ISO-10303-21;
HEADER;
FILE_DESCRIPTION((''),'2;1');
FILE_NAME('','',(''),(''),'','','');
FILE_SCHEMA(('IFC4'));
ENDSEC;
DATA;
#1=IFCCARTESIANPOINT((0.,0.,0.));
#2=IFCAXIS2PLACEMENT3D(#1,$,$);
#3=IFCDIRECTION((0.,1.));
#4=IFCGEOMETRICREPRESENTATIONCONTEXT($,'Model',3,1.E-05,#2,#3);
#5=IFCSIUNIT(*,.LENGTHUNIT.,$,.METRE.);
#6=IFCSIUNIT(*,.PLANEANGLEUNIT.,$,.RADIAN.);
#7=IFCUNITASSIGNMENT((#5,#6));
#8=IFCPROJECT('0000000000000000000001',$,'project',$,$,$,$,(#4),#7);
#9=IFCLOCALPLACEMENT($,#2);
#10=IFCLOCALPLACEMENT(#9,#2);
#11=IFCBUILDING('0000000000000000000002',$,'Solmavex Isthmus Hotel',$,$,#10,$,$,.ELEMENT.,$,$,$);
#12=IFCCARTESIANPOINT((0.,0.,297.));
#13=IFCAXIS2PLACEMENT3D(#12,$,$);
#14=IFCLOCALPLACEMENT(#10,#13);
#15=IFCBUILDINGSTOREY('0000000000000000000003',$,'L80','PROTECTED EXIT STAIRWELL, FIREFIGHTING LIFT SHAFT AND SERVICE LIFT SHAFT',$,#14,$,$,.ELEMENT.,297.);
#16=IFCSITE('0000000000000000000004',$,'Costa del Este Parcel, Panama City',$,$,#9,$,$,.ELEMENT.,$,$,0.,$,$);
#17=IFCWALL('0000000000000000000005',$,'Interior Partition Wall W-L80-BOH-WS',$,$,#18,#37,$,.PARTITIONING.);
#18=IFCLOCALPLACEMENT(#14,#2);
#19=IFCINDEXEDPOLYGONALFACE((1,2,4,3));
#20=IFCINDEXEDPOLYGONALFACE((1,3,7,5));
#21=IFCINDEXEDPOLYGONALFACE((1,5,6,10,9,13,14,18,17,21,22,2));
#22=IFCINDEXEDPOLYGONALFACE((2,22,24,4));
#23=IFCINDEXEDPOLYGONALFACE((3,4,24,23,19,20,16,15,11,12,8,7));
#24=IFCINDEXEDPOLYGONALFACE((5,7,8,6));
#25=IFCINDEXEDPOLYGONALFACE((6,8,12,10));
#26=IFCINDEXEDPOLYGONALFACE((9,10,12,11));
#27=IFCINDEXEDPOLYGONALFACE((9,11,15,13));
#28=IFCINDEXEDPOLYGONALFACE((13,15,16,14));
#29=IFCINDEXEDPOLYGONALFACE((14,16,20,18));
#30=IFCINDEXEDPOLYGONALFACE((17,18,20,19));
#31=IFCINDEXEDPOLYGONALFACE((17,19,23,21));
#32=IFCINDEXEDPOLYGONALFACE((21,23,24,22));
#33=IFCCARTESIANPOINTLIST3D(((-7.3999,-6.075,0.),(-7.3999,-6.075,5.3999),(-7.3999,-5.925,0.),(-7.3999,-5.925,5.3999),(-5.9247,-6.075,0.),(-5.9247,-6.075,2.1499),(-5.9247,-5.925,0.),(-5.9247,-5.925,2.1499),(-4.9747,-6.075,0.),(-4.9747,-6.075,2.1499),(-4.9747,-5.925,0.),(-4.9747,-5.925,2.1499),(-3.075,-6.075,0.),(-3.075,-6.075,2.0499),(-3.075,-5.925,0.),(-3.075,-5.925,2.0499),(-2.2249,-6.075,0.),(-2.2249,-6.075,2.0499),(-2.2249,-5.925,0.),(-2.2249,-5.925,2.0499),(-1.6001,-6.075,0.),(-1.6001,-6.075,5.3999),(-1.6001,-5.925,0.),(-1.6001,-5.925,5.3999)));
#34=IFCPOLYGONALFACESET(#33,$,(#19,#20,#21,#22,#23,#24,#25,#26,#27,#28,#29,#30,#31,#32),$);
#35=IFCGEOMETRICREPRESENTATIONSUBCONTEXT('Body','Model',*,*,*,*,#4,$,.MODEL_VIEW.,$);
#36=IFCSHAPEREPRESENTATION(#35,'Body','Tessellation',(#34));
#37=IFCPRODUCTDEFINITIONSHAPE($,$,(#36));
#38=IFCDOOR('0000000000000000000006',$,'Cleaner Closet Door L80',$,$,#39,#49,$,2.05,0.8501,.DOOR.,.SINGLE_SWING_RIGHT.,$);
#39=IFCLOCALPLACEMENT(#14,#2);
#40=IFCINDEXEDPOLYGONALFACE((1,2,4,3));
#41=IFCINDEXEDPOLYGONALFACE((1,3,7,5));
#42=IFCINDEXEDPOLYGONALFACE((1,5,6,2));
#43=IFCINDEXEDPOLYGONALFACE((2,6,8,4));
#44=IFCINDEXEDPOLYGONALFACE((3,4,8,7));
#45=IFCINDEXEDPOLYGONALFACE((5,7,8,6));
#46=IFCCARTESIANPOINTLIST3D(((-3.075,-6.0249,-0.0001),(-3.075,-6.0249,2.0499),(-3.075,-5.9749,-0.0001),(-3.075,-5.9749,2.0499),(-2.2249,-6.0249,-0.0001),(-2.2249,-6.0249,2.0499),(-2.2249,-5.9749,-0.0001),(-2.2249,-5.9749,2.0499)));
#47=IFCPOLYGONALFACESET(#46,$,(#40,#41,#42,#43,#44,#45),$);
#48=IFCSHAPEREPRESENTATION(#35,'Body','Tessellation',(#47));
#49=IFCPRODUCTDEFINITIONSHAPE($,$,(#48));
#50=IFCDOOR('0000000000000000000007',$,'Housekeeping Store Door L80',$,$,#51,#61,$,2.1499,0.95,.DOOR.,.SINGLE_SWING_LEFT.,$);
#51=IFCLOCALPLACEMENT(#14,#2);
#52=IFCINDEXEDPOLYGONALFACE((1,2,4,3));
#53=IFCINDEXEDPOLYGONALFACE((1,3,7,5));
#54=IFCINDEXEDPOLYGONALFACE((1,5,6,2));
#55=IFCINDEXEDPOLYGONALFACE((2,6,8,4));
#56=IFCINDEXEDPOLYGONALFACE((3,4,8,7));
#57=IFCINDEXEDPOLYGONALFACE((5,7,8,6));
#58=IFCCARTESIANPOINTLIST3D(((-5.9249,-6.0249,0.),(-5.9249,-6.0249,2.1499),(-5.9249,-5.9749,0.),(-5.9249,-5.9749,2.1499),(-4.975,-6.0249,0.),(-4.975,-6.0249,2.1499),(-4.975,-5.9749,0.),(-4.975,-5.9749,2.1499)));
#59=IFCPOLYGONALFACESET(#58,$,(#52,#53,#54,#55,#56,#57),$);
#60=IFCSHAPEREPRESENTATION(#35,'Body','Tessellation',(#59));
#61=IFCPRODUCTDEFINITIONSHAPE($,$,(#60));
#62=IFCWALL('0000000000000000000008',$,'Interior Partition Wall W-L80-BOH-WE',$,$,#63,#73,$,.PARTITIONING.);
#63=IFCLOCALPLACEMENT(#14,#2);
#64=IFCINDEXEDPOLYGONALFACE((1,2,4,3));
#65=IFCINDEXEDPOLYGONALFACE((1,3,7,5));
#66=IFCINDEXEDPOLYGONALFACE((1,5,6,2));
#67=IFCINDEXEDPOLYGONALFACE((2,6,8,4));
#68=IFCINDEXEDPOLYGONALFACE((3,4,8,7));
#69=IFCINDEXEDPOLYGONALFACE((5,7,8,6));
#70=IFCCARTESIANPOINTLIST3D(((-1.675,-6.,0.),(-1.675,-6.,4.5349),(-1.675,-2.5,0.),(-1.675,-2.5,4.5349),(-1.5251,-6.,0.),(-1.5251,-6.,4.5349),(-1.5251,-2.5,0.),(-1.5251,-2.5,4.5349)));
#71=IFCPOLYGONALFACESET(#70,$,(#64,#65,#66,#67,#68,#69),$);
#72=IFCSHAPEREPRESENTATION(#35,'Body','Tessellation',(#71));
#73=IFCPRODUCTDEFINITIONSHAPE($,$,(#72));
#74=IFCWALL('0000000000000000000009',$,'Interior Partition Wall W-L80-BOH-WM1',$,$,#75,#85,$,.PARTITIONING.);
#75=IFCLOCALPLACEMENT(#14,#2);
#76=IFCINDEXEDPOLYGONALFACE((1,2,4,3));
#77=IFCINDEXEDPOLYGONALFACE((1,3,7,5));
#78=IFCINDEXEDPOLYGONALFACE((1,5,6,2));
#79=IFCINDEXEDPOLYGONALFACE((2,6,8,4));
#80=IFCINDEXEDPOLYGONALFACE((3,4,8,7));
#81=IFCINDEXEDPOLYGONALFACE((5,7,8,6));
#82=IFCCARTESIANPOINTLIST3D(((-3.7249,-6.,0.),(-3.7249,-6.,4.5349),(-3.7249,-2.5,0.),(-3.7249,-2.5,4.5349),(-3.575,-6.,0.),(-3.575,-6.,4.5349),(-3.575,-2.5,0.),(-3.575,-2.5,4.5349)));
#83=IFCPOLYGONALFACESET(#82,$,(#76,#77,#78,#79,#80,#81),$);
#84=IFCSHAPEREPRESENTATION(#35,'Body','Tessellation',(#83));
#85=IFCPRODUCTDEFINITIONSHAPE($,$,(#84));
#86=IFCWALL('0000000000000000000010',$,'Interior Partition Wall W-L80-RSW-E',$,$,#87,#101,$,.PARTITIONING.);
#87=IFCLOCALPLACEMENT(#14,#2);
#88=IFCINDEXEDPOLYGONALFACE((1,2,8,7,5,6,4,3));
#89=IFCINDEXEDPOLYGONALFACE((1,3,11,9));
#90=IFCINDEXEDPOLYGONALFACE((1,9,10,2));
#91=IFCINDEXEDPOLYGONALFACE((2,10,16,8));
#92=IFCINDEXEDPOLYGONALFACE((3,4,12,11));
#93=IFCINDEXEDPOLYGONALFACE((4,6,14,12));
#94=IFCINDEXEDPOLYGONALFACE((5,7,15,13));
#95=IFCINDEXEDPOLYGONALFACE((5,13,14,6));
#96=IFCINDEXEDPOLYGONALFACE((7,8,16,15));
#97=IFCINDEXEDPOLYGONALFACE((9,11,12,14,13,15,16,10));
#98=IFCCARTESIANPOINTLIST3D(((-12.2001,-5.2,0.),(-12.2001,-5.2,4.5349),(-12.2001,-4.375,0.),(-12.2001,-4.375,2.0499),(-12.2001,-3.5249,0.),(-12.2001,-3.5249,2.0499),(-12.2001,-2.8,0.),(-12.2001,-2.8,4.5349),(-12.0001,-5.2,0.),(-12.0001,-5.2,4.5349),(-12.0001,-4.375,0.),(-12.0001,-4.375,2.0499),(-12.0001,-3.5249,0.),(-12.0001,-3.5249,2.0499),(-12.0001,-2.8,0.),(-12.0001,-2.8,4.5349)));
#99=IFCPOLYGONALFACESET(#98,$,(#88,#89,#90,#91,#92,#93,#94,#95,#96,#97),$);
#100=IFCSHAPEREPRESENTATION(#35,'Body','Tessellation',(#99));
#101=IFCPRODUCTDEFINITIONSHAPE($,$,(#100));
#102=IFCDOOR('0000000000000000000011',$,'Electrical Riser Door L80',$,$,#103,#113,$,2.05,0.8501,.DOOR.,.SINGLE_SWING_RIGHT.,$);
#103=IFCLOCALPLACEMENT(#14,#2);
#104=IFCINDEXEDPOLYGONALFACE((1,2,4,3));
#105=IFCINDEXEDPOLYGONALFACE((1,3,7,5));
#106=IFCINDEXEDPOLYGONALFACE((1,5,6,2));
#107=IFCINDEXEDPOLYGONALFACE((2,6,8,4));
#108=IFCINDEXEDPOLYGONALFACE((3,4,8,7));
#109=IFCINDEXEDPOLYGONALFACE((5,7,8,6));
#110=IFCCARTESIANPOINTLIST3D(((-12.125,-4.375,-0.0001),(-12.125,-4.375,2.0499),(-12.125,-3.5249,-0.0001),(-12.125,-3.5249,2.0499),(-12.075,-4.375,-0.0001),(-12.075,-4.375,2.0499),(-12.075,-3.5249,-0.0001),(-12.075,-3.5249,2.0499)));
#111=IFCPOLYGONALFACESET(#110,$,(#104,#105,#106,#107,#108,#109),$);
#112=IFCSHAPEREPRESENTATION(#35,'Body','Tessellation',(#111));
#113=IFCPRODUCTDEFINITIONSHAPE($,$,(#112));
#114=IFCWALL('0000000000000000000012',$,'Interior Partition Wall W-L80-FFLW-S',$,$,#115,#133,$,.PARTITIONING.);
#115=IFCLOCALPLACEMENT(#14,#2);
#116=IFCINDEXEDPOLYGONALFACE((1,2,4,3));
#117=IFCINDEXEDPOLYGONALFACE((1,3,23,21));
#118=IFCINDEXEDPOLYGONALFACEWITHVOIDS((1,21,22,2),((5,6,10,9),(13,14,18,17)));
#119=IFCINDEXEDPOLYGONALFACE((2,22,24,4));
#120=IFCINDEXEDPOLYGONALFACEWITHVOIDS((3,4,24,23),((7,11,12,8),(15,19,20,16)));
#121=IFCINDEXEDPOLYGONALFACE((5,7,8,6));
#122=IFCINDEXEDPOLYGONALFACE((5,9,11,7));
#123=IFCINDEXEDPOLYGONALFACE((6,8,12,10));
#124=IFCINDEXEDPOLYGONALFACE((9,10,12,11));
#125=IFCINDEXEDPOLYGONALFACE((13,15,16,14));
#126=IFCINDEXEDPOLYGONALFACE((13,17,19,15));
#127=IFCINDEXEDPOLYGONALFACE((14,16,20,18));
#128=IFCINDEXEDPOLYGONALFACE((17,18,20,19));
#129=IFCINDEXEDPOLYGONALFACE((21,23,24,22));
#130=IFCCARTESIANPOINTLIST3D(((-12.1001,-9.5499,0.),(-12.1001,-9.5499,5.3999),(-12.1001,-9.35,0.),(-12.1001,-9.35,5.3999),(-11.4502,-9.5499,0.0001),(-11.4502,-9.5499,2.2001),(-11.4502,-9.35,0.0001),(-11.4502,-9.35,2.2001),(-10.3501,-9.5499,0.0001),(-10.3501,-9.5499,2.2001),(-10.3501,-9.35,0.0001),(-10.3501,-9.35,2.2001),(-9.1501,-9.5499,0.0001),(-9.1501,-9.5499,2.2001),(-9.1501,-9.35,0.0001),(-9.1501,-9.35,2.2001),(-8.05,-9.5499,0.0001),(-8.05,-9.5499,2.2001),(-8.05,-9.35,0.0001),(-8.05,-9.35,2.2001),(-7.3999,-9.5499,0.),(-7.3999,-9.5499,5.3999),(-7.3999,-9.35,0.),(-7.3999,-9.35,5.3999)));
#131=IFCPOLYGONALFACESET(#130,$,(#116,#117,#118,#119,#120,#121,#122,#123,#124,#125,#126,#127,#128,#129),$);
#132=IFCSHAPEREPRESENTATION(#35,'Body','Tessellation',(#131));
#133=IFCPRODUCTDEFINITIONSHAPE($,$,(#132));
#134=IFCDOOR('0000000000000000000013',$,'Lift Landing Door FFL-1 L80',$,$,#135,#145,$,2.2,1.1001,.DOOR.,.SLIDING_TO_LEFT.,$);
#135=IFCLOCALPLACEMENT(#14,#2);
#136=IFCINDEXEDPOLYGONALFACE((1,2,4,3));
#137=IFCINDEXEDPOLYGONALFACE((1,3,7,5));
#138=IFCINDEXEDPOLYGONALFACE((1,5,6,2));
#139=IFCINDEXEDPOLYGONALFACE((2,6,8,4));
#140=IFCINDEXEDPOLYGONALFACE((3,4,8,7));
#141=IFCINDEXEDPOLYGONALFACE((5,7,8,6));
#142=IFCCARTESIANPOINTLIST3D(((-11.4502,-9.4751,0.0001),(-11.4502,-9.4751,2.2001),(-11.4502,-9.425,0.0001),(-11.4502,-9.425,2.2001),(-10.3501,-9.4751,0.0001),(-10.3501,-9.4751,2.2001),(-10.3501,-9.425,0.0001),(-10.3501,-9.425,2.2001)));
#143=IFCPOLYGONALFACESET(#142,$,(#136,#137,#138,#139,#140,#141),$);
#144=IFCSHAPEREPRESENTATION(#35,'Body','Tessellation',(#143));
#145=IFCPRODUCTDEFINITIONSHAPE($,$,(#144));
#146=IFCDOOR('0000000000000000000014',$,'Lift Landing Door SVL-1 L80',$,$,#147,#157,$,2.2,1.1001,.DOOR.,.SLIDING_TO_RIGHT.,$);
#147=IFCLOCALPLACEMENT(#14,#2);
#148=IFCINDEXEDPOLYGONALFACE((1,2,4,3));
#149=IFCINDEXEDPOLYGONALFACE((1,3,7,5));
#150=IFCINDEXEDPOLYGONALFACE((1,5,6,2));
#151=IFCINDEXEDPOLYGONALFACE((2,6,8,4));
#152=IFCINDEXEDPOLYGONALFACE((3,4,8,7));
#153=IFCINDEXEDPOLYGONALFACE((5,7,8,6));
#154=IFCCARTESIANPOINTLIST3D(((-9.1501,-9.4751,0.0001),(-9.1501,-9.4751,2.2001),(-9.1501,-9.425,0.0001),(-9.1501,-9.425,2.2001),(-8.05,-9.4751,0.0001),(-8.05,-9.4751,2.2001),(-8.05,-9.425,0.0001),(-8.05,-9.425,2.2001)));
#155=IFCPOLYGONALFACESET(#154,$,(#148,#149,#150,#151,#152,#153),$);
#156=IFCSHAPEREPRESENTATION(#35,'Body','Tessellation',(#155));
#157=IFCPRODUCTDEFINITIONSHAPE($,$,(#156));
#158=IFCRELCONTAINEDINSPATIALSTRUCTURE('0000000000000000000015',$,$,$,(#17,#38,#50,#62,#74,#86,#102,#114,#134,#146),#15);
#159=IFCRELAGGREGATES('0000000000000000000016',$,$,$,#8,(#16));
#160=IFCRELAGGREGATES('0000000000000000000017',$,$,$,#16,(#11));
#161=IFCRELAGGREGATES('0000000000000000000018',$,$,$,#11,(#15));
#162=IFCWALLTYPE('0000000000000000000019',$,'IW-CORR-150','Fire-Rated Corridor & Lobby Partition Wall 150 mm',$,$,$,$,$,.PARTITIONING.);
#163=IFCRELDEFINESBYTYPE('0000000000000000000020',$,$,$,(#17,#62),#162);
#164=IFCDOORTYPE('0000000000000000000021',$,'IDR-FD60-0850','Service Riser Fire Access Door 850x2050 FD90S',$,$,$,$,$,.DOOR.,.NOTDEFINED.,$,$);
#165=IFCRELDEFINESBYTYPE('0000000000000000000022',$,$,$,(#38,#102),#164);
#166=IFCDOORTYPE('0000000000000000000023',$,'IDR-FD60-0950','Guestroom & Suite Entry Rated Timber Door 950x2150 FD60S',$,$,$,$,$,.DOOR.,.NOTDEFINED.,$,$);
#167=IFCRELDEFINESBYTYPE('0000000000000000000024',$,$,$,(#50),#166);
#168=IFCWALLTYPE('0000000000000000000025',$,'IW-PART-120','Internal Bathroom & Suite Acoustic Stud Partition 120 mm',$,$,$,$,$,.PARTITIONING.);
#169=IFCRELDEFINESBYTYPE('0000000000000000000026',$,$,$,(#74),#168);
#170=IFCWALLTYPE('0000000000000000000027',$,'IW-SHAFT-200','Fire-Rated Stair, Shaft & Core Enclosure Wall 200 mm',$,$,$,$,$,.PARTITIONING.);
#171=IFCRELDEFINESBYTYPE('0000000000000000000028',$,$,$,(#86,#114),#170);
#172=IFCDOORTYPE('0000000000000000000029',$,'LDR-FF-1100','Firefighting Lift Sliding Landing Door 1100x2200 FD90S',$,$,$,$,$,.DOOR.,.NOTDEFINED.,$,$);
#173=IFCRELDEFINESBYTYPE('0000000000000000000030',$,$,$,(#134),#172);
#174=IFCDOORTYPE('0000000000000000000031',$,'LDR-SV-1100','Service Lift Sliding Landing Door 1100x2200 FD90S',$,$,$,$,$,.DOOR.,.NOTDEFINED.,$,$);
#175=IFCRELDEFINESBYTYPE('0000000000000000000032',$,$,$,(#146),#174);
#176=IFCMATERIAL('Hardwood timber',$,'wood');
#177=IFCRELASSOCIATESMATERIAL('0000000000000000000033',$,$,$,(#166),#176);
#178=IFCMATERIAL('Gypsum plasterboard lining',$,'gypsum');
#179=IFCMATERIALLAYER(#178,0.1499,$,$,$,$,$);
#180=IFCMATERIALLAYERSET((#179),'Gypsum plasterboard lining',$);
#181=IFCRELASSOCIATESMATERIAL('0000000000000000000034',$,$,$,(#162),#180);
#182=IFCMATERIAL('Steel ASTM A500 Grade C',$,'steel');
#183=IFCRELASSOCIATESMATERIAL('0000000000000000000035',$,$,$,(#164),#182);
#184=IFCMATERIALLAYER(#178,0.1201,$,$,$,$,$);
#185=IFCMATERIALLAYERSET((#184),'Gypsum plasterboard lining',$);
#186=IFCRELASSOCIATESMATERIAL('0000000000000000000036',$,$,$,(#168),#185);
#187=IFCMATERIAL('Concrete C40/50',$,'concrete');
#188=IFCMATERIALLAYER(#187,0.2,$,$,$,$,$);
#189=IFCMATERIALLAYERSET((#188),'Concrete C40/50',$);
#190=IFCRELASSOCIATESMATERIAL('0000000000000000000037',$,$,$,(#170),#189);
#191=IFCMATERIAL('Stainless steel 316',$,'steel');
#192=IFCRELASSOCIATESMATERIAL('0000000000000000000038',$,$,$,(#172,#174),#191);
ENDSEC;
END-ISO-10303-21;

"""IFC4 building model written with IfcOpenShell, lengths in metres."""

from ifc_helpers import new_model, si_unit, direction, frame, frame_2d, origin, place, context, subcontext, project, spatial, rectangle, extrude, material, layer, layer_set, type_object, element, fill, save


model = new_model("IFC4")

# Units and contexts
model_context = context("Model", 3, precision=1e-05, world=origin(), true_north=direction((0.0, 1.0)))
body_context = subcontext(model_context, "Body", "Model", "MODEL_VIEW")
ifc_project = project(units=[si_unit("LENGTHUNIT", "METRE"), si_unit("PLANEANGLEUNIT", "RADIAN")], contexts=[model_context])

# Site, building, storey
site_placement = place(None, origin())
site = spatial("IfcSite", under=ifc_project, at=site_placement, Name="Costa del Este Parcel, Panama City", CompositionType="ELEMENT", RefElevation=0.0)
building_placement = place(site_placement, origin())
building = spatial("IfcBuilding", under=site, at=building_placement, Name="Solmavex Isthmus Hotel", CompositionType="ELEMENT")
storey_placement = place(building_placement, frame((0.0, 0.0, 297.0)))
storey = spatial("IfcBuildingStorey", under=building, at=storey_placement, Name="L80", Description="PROTECTED EXIT STAIRWELL, FIREFIGHTING LIFT SHAFT AND SERVICE LIFT SHAFT", CompositionType="ELEMENT", Elevation=297.0)

# Shared definitions
ifc_material_1 = material(Name="Gypsum plasterboard lining", Category="gypsum")
ifc_material_2 = material(Name="Hardwood timber", Category="wood")
door_type_1 = type_object("IfcDoorType", Name="IDR-FD60-0950", Description="Guestroom & Suite Entry Rated Timber Door 950x2150 FD60S", OperationType="NOTDEFINED", PredefinedType="DOOR", material=ifc_material_2)

# Wall, openings, doors
ifc_layer_1 = layer(ifc_material_1, 0.1499)
ifc_layer_set_1 = layer_set([ifc_layer_1], Name="Gypsum plasterboard lining")
wall_type_1 = type_object("IfcWallType", Name="IW-CORR-150", Description="Fire-Rated Corridor & Lobby Partition Wall 150 mm", PredefinedType="PARTITIONING", material=ifc_layer_set_1)
wall_1_placement = place(storey_placement, frame((-7.3999, -6.0, 0.0), z_axis=(0.0, 0.0, 1.0), x_axis=(1.0, 0.0, 0.0)))
wall_1 = element("IfcWall", 1, at=wall_1_placement, inside=storey, type_object=wall_type_1, Name="Interior Partition Wall W-L80-BOH-WS", PredefinedType="PARTITIONING", context=body_context, shape_type="SweptSolid", body=[
    extrude(rectangle(XDim=5.7998, YDim=0.1499, at=frame_2d((2.8999, 0.0))), origin(), (0.0, 0.0, 1.0), 5.3999),
])
opening_1_placement = place(wall_1_placement, frame((1.4751, 0.0, 0.0)))
opening_1 = element("IfcOpeningElement", 2, at=opening_1_placement, cuts=wall_1, PredefinedType="OPENING", context=body_context, shape_type="SweptSolid", body=[
    extrude(rectangle(XDim=0.95, YDim=2.1499, at=frame_2d((0.4751, 1.075))), frame((0.0, 0.085, 0.0), z_axis=(0.0, -1.0, 0.0), x_axis=(1.0, 0.0, 0.0)), (0.0, 0.0, 1.0), 0.1699),
])
opening_2_placement = place(wall_1_placement, frame((4.325, 0.0, 0.0)))
opening_2 = element("IfcOpeningElement", 3, at=opening_2_placement, cuts=wall_1, PredefinedType="OPENING", context=body_context, shape_type="SweptSolid", body=[
    extrude(rectangle(XDim=0.8501, YDim=2.05, at=frame_2d((0.425, 1.0249))), frame((0.0, 0.085, 0.0), z_axis=(0.0, -1.0, 0.0), x_axis=(1.0, 0.0, 0.0)), (0.0, 0.0, 1.0), 0.1699),
])
ifc_material_3 = material(Name="Steel ASTM A500 Grade C", Category="steel")
door_type_2 = type_object("IfcDoorType", Name="IDR-FD60-0850", Description="Service Riser Fire Access Door 850x2050 FD90S", OperationType="NOTDEFINED", PredefinedType="DOOR", material=ifc_material_3)
door_1_placement = place(opening_2_placement, frame((0.8501, 0.0, 0.0), z_axis=(0.0, 0.0, 1.0), x_axis=(-1.0, 0.0, 0.0)))
door_1 = element("IfcDoor", 4, at=door_1_placement, inside=storey, type_object=door_type_2, Name="Cleaner Closet Door L80", OperationType="SINGLE_SWING_RIGHT", OverallHeight=2.05, OverallWidth=0.8501, PredefinedType="DOOR", context=body_context, shape_type="SweptSolid", body=[
    extrude(rectangle(XDim=0.8501, YDim=2.05, at=frame_2d((0.425, 1.0249))), frame((0.0, 0.0249, 0.0), z_axis=(0.0, -1.0, 0.0), x_axis=(1.0, 0.0, 0.0)), (0.0, 0.0, 1.0), 0.05),
])
fill(opening_2, door_1)
door_2_placement = place(opening_1_placement, frame((0.95, 0.0, 0.0), z_axis=(0.0, 0.0, 1.0), x_axis=(-1.0, 0.0, 0.0)))
door_2 = element("IfcDoor", 5, at=door_2_placement, inside=storey, type_object=door_type_1, Name="Housekeeping Store Door L80", OperationType="SINGLE_SWING_LEFT", OverallHeight=2.1499, OverallWidth=0.95, PredefinedType="DOOR", context=body_context, shape_type="SweptSolid", body=[
    extrude(rectangle(XDim=0.95, YDim=2.1499, at=frame_2d((0.4751, 1.075))), frame((0.0, 0.0249, 0.0), z_axis=(0.0, -1.0, 0.0), x_axis=(1.0, 0.0, 0.0)), (0.0, 0.0, 1.0), 0.05),
])
fill(opening_1, door_2)

# Walls
wall_2_placement = place(storey_placement, frame((-1.6001, -6.0, 0.0), z_axis=(0.0, 0.0, 1.0), x_axis=(0.0, 1.0, 0.0)))
element("IfcWall", 6, at=wall_2_placement, inside=storey, type_object=wall_type_1, Name="Interior Partition Wall W-L80-BOH-WE", PredefinedType="PARTITIONING", context=body_context, shape_type="SweptSolid", body=[
    extrude(rectangle(XDim=3.5, YDim=0.1499, at=frame_2d((1.75, 0.0))), origin(), (0.0, 0.0, 1.0), 4.5349),
])
ifc_layer_2 = layer(ifc_material_1, 0.1201)
ifc_layer_set_2 = layer_set([ifc_layer_2], Name="Gypsum plasterboard lining")
wall_type_2 = type_object("IfcWallType", Name="IW-PART-120", Description="Internal Bathroom & Suite Acoustic Stud Partition 120 mm", PredefinedType="PARTITIONING", material=ifc_layer_set_2)
wall_3_placement = place(storey_placement, frame((-3.6499, -6.0, 0.0), z_axis=(0.0, 0.0, 1.0), x_axis=(0.0, 1.0, 0.0)))
element("IfcWall", 7, at=wall_3_placement, inside=storey, type_object=wall_type_2, Name="Interior Partition Wall W-L80-BOH-WM1", PredefinedType="PARTITIONING", context=body_context, shape_type="SweptSolid", body=[
    extrude(rectangle(XDim=3.5, YDim=0.1499, at=frame_2d((1.75, 0.0))), origin(), (0.0, 0.0, 1.0), 4.5349),
])

# Wall, opening, door
ifc_material_4 = material(Name="Concrete C40/50", Category="concrete")
ifc_layer_3 = layer(ifc_material_4, 0.2)
ifc_layer_set_3 = layer_set([ifc_layer_3], Name="Concrete C40/50")
wall_type_3 = type_object("IfcWallType", Name="IW-SHAFT-200", Description="Fire-Rated Stair, Shaft & Core Enclosure Wall 200 mm", PredefinedType="PARTITIONING", material=ifc_layer_set_3)
wall_4_placement = place(storey_placement, frame((-12.1001, -5.2, 0.0), z_axis=(0.0, 0.0, 1.0), x_axis=(0.0, 1.0, 0.0)))
wall_4 = element("IfcWall", 8, at=wall_4_placement, inside=storey, type_object=wall_type_3, Name="Interior Partition Wall W-L80-RSW-E", PredefinedType="PARTITIONING", context=body_context, shape_type="SweptSolid", body=[
    extrude(rectangle(XDim=2.3999, YDim=0.2, at=frame_2d((1.2, 0.0))), origin(), (0.0, 0.0, 1.0), 4.5349),
])
opening_3_placement = place(wall_4_placement, frame((0.825, 0.0, 0.0)))
opening_3 = element("IfcOpeningElement", 9, at=opening_3_placement, cuts=wall_4, PredefinedType="OPENING", context=body_context, shape_type="SweptSolid", body=[
    extrude(rectangle(XDim=0.8501, YDim=2.05, at=frame_2d((0.425, 1.0249))), frame((0.0, 0.1099, 0.0), z_axis=(0.0, -1.0, 0.0), x_axis=(1.0, 0.0, 0.0)), (0.0, 0.0, 1.0), 0.22),
])
door_3_placement = place(opening_3_placement, origin())
door_3 = element("IfcDoor", 10, at=door_3_placement, inside=storey, type_object=door_type_2, Name="Electrical Riser Door L80", OperationType="SINGLE_SWING_RIGHT", OverallHeight=2.05, OverallWidth=0.8501, PredefinedType="DOOR", context=body_context, shape_type="SweptSolid", body=[
    extrude(rectangle(XDim=0.8501, YDim=2.05, at=frame_2d((0.425, 1.0249))), frame((0.0, 0.0249, 0.0), z_axis=(0.0, -1.0, 0.0), x_axis=(1.0, 0.0, 0.0)), (0.0, 0.0, 1.0), 0.05),
])
fill(opening_3, door_3)

# Wall, openings, doors
wall_5_placement = place(storey_placement, frame((-12.1001, -9.45, 0.0), z_axis=(0.0, 0.0, 1.0), x_axis=(1.0, 0.0, 0.0)))
wall_5 = element("IfcWall", 11, at=wall_5_placement, inside=storey, type_object=wall_type_3, Name="Interior Partition Wall W-L80-FFLW-S", PredefinedType="PARTITIONING", context=body_context, shape_type="SweptSolid", body=[
    extrude(rectangle(XDim=4.7002, YDim=0.2, at=frame_2d((2.3501, 0.0))), origin(), (0.0, 0.0, 1.0), 5.3999),
])
opening_4_placement = place(wall_5_placement, frame((0.6499, 0.0, 0.0)))
opening_4 = element("IfcOpeningElement", 12, at=opening_4_placement, cuts=wall_5, PredefinedType="OPENING", context=body_context, shape_type="SweptSolid", body=[
    extrude(rectangle(XDim=1.1001, YDim=2.2, at=frame_2d((0.55, 1.1001))), frame((0.0, 0.1099, 0.0), z_axis=(0.0, -1.0, 0.0), x_axis=(1.0, 0.0, 0.0)), (0.0, 0.0, 1.0), 0.22),
])
opening_5_placement = place(wall_5_placement, frame((2.95, 0.0, 0.0)))
opening_5 = element("IfcOpeningElement", 13, at=opening_5_placement, cuts=wall_5, PredefinedType="OPENING", context=body_context, shape_type="SweptSolid", body=[
    extrude(rectangle(XDim=1.1001, YDim=2.2, at=frame_2d((0.55, 1.1001))), frame((0.0, 0.1099, 0.0), z_axis=(0.0, -1.0, 0.0), x_axis=(1.0, 0.0, 0.0)), (0.0, 0.0, 1.0), 0.22),
])
ifc_material_5 = material(Name="Stainless steel 316", Category="steel")
door_type_3 = type_object("IfcDoorType", Name="LDR-FF-1100", Description="Firefighting Lift Sliding Landing Door 1100x2200 FD90S", OperationType="NOTDEFINED", PredefinedType="DOOR", material=ifc_material_5)
door_4_placement = place(opening_4_placement, origin())
door_4 = element("IfcDoor", 14, at=door_4_placement, inside=storey, type_object=door_type_3, Name="Lift Landing Door FFL-1 L80", OperationType="SLIDING_TO_LEFT", OverallHeight=2.2, OverallWidth=1.1001, PredefinedType="DOOR", context=body_context, shape_type="SweptSolid", body=[
    extrude(rectangle(XDim=1.1001, YDim=2.2, at=frame_2d((0.55, 1.1001))), frame((0.0, 0.0249, 0.0), z_axis=(0.0, -1.0, 0.0), x_axis=(1.0, 0.0, 0.0)), (0.0, 0.0, 1.0), 0.05),
])
fill(opening_4, door_4)
door_type_4 = type_object("IfcDoorType", Name="LDR-SV-1100", Description="Service Lift Sliding Landing Door 1100x2200 FD90S", OperationType="NOTDEFINED", PredefinedType="DOOR", material=ifc_material_5)
door_5_placement = place(opening_5_placement, origin())
door_5 = element("IfcDoor", 15, at=door_5_placement, inside=storey, type_object=door_type_4, Name="Lift Landing Door SVL-1 L80", OperationType="SLIDING_TO_RIGHT", OverallHeight=2.2, OverallWidth=1.1001, PredefinedType="DOOR", context=body_context, shape_type="SweptSolid", body=[
    extrude(rectangle(XDim=1.1001, YDim=2.2, at=frame_2d((0.55, 1.1001))), frame((0.0, 0.0249, 0.0), z_axis=(0.0, -1.0, 0.0), x_axis=(1.0, 0.0, 0.0)), (0.0, 0.0, 1.0), 0.05),
])
fill(opening_5, door_5)

save(model, "model.ifc")
